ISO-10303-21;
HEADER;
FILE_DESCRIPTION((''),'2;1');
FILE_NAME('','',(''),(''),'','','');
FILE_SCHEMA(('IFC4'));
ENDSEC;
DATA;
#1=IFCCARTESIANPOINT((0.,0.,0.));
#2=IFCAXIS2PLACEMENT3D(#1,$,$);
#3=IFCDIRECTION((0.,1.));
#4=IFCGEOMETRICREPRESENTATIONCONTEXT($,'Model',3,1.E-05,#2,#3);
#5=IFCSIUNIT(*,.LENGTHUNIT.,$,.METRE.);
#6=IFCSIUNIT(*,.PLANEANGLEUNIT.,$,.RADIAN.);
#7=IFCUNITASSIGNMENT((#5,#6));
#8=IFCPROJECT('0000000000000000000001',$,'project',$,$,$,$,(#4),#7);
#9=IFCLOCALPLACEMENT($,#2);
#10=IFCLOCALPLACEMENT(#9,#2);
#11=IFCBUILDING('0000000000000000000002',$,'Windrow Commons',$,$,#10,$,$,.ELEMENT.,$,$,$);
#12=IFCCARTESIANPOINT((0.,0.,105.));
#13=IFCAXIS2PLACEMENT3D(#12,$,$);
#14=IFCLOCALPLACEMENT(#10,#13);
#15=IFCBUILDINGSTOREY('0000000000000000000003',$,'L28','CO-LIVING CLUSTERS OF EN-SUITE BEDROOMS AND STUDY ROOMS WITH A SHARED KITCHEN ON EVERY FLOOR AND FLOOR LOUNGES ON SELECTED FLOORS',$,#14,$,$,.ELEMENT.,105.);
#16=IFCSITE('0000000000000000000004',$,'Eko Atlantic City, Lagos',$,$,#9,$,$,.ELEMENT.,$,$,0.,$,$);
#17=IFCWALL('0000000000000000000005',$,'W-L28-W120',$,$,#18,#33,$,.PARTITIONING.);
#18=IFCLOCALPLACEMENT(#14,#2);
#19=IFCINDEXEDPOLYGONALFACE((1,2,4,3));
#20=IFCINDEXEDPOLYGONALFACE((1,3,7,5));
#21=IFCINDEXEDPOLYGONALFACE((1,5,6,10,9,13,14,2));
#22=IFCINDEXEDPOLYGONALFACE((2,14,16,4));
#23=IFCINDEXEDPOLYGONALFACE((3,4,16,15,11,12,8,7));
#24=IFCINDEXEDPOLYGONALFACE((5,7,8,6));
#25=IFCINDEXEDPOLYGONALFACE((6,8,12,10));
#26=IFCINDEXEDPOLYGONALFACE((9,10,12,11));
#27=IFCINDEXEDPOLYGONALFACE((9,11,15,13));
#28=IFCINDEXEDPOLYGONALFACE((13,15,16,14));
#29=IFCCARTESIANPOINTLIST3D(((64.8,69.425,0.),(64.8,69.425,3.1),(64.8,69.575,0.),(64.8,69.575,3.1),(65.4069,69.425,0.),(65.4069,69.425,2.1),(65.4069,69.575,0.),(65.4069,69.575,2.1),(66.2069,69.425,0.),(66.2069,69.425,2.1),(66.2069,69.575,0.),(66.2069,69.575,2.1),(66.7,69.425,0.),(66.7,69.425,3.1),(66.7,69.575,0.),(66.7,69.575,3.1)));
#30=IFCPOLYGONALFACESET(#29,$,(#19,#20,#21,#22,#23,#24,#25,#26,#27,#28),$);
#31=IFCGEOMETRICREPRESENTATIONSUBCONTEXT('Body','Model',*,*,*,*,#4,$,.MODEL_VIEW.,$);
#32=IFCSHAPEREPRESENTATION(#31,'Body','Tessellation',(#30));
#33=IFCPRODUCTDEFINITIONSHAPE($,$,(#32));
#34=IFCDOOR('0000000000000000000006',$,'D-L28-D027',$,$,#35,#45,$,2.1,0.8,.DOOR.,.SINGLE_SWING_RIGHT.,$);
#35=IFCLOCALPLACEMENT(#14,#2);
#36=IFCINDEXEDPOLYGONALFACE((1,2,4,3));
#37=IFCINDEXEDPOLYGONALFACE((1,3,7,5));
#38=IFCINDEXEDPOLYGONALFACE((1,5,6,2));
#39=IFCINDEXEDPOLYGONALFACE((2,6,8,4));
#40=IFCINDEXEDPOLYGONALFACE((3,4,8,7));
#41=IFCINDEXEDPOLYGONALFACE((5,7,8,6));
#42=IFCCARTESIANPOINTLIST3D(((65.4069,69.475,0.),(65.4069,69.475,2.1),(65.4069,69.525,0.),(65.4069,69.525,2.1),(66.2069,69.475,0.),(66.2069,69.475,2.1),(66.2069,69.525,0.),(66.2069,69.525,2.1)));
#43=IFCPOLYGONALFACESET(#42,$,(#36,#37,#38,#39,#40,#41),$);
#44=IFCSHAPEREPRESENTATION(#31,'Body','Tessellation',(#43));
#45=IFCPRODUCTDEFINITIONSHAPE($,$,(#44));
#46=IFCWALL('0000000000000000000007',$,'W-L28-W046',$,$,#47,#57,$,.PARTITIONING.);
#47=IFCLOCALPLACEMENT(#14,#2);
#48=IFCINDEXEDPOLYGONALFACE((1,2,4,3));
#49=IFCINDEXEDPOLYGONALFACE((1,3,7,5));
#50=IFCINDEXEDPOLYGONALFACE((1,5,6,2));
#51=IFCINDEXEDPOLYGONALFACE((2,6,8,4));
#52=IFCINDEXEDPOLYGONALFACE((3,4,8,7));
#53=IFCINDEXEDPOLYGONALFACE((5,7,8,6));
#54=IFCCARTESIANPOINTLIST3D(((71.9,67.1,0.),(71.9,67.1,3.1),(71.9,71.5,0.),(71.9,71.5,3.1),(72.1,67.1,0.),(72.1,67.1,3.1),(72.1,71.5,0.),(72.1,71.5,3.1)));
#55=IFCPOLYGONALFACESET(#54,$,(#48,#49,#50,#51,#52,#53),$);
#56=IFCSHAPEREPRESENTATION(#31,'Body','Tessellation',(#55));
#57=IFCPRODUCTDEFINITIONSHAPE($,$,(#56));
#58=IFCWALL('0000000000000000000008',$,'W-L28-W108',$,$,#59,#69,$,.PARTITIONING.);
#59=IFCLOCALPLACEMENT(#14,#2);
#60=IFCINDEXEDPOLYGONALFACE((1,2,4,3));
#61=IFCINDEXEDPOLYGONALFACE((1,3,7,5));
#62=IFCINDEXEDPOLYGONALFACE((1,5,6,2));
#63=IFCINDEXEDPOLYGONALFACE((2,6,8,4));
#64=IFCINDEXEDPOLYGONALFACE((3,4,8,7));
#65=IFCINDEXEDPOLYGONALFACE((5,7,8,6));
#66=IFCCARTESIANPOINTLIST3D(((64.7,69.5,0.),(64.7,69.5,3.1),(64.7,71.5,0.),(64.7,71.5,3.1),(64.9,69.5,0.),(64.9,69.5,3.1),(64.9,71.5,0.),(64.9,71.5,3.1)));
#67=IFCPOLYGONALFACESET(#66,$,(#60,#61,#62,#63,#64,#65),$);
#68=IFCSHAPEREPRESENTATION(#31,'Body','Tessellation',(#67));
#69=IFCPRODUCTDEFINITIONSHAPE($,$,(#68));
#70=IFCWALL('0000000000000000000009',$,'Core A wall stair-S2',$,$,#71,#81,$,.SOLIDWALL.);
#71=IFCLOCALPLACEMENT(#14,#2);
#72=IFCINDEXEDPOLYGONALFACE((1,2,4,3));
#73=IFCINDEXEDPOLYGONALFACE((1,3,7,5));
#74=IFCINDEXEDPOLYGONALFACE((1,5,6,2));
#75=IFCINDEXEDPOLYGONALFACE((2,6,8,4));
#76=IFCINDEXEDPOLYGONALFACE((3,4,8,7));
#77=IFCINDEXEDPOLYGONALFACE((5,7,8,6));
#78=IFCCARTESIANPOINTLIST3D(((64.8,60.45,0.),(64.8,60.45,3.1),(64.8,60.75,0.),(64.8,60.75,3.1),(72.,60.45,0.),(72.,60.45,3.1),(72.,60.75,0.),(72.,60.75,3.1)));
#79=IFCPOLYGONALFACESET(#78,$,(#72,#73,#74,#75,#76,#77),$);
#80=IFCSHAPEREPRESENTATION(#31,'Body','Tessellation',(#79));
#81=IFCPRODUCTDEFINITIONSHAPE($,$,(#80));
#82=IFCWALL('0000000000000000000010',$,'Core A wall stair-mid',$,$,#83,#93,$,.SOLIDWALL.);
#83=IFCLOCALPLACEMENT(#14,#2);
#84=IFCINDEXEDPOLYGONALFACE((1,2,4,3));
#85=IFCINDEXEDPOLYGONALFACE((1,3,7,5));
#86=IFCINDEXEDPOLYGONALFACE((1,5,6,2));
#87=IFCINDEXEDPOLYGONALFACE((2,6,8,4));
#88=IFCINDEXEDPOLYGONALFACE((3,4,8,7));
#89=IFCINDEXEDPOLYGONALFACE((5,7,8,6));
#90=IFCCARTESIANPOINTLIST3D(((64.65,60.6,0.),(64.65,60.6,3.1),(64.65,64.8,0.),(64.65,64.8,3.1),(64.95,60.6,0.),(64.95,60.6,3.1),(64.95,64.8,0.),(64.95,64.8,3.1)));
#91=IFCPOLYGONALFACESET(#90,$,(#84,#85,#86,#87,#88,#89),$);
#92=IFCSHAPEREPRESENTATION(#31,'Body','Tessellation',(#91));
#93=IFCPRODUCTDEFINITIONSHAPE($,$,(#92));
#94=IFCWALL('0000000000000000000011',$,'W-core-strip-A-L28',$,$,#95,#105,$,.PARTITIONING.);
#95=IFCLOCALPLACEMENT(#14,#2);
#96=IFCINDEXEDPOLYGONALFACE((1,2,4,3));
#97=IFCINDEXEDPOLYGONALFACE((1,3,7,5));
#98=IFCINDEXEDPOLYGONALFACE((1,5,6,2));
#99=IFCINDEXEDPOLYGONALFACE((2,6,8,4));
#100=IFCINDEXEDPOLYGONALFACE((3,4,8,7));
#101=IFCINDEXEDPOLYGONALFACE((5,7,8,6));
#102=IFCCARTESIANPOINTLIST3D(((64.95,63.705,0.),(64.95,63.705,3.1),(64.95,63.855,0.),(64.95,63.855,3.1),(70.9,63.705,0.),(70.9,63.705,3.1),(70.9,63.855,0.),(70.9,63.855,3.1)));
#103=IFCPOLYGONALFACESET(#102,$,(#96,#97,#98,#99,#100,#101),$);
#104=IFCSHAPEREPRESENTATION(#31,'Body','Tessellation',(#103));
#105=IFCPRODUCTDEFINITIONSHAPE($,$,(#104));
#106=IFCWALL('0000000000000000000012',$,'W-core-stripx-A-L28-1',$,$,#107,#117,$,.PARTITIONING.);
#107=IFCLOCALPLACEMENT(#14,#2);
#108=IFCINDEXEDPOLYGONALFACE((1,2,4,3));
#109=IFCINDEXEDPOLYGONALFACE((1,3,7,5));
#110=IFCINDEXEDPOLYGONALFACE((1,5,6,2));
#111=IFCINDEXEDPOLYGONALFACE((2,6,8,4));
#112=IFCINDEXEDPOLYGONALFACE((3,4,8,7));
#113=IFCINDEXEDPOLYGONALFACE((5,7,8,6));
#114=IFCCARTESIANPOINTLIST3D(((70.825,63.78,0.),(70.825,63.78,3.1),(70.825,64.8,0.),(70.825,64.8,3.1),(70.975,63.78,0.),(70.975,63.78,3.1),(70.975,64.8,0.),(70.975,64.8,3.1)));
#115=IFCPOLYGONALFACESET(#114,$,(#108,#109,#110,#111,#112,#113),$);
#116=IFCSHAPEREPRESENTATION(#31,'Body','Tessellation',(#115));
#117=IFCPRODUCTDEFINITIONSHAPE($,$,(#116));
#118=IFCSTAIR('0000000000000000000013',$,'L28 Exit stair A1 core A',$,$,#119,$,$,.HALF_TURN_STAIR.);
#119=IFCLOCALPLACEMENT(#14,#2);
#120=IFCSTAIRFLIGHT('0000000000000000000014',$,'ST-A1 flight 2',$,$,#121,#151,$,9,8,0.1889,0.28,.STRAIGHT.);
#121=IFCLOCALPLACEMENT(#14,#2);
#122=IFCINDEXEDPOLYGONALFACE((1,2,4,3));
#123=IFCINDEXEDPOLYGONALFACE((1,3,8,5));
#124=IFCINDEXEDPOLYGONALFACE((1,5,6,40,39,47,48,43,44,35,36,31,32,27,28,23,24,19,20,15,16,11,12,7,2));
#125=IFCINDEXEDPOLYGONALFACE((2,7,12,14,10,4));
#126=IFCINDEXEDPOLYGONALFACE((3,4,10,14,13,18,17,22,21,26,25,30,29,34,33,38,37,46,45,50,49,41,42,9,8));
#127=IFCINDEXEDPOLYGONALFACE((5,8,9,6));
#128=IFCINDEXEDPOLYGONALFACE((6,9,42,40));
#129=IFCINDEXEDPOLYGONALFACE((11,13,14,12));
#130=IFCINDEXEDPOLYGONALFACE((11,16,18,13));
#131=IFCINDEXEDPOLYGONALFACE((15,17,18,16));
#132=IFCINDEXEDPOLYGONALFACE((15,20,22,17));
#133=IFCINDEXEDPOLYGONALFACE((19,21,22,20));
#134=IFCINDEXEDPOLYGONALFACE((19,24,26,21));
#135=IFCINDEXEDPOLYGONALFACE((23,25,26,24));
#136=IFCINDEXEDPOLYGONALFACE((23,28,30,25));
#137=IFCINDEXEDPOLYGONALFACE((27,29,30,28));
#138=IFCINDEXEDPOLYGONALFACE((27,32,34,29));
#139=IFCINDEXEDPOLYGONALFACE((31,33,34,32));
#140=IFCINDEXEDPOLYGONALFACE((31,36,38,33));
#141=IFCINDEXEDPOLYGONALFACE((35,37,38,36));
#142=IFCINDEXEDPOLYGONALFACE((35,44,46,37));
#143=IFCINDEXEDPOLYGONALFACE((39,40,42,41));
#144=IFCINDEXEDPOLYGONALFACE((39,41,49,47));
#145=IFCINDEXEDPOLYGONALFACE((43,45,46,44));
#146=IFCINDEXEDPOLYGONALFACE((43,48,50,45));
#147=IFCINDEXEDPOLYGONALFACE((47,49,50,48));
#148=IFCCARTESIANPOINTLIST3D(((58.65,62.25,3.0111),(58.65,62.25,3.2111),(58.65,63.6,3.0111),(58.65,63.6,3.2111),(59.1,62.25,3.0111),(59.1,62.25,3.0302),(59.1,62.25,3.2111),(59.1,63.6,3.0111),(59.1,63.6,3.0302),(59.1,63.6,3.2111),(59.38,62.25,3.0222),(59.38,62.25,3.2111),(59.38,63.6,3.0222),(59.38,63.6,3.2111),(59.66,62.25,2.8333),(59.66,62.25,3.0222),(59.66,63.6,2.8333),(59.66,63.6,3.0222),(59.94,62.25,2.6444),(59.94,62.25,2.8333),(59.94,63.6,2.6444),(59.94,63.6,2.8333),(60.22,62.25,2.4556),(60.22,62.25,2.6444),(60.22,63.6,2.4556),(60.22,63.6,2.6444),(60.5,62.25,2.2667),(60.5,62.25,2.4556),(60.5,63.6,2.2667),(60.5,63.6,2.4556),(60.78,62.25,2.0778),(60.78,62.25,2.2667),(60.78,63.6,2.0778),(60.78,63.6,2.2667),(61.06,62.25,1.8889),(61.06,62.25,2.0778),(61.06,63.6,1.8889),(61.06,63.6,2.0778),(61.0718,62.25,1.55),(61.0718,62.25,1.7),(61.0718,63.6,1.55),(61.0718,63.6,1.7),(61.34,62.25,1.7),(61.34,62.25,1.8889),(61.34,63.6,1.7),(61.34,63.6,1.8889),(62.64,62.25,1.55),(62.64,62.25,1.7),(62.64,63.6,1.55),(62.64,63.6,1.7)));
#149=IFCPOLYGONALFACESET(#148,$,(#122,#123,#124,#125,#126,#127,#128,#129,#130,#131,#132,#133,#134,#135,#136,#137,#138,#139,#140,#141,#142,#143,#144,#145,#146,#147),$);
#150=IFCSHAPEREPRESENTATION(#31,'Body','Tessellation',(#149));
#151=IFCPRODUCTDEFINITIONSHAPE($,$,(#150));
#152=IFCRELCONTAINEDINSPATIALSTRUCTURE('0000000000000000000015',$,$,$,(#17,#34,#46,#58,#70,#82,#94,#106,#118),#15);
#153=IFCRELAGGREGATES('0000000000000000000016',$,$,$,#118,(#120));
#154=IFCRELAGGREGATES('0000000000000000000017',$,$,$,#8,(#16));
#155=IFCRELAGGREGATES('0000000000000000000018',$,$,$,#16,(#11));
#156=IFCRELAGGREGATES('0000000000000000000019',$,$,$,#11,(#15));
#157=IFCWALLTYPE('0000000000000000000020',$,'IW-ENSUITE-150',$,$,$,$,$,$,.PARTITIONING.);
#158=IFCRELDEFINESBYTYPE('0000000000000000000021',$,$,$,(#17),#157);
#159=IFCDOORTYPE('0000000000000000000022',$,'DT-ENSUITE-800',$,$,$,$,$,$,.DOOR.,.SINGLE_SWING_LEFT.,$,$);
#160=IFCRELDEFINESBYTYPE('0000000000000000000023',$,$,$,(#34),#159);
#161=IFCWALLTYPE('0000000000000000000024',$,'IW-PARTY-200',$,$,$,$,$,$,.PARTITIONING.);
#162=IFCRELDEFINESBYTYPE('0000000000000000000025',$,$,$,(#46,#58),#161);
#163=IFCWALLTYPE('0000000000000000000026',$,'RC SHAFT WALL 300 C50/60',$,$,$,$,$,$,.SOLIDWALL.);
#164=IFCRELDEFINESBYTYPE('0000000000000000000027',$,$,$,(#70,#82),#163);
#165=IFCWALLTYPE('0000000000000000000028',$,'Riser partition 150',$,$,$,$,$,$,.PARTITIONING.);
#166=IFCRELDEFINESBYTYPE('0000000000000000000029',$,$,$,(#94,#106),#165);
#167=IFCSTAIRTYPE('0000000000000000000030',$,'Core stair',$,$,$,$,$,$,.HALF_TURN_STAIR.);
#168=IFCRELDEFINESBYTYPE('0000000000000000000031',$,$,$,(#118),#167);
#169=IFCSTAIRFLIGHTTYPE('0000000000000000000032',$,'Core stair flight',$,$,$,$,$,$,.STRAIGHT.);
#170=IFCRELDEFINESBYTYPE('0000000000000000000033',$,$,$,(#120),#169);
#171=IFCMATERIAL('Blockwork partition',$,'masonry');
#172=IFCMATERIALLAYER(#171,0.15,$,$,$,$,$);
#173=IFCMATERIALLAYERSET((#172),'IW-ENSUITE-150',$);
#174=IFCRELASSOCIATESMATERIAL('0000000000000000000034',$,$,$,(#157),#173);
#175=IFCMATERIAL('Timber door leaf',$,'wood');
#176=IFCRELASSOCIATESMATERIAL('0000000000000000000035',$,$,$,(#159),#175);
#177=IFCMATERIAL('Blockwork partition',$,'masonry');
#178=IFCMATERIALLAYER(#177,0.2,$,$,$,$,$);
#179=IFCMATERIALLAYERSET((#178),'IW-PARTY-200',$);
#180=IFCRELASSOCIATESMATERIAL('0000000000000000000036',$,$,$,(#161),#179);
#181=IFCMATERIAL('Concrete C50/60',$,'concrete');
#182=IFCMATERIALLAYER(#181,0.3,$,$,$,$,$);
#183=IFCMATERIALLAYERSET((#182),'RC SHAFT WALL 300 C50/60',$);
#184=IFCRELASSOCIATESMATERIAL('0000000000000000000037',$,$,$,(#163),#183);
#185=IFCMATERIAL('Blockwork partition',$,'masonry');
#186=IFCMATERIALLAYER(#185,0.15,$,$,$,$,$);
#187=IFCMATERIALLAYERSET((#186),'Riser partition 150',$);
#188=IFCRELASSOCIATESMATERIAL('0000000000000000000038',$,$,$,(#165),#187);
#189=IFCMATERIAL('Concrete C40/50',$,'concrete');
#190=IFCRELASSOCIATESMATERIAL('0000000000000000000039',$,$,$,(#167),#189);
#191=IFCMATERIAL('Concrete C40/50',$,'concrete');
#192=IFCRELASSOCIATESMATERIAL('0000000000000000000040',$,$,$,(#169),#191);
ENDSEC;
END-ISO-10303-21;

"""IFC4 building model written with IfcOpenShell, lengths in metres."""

from ifc_helpers import new_model, si_unit, direction, frame, frame_2d, origin, place, context, subcontext, project, spatial, polyline, rectangle, outline, extrude, material, layer, layer_set, type_object, element, fill, aggregate, save


model = new_model("IFC4")

# Units and contexts
model_context = context("Model", 3, precision=1e-05, world=origin(), true_north=direction((0.0, 1.0)))
body_context = subcontext(model_context, "Body", "Model", "MODEL_VIEW")
ifc_project = project(units=[si_unit("LENGTHUNIT", "METRE"), si_unit("PLANEANGLEUNIT", "RADIAN")], contexts=[model_context])

# Site, building, storey
site_placement = place(None, origin())
site = spatial("IfcSite", under=ifc_project, at=site_placement, Name="Eko Atlantic City, Lagos", CompositionType="ELEMENT", RefElevation=0.0)
building_placement = place(site_placement, origin())
building = spatial("IfcBuilding", under=site, at=building_placement, Name="Windrow Commons", CompositionType="ELEMENT")
storey_placement = place(building_placement, frame((0.0, 0.0, 105.0)))
storey = spatial("IfcBuildingStorey", under=building, at=storey_placement, Name="L28", Description="CO-LIVING CLUSTERS OF EN-SUITE BEDROOMS AND STUDY ROOMS WITH A SHARED KITCHEN ON EVERY FLOOR AND FLOOR LOUNGES ON SELECTED FLOORS", CompositionType="ELEMENT", Elevation=105.0)

# Shared definitions
ifc_material_1 = material(Name="Blockwork partition", Category="masonry")
ifc_layer_1 = layer(ifc_material_1, 0.15)
ifc_layer_set_1 = layer_set([ifc_layer_1], Name="IW-ENSUITE-150")
wall_type_1 = type_object("IfcWallType", Name="IW-ENSUITE-150", PredefinedType="PARTITIONING", material=ifc_layer_set_1)

# Wall, opening, door
wall_1_placement = place(storey_placement, frame((64.8, 69.5, 0.0), z_axis=(0.0, 0.0, 1.0), x_axis=(1.0, 0.0, 0.0)))
wall_1 = element("IfcWall", 1, at=wall_1_placement, inside=storey, type_object=wall_type_1, Name="W-L28-W120", PredefinedType="PARTITIONING", context=body_context, shape_type="SweptSolid", body=[
    extrude(rectangle(XDim=1.9, YDim=0.15, at=frame_2d((0.95, 0.0))), origin(), (0.0, 0.0, 1.0), 3.1),
])
opening_1_placement = place(wall_1_placement, frame((0.6069, 0.0, 0.0)))
opening_1 = element("IfcOpeningElement", 2, at=opening_1_placement, cuts=wall_1, PredefinedType="OPENING", context=body_context, shape_type="SweptSolid", body=[
    extrude(rectangle(XDim=0.8, YDim=2.1, at=frame_2d((0.4, 1.05))), frame((0.0, 0.085, 0.0), z_axis=(0.0, -1.0, 0.0), x_axis=(1.0, 0.0, 0.0)), (0.0, 0.0, 1.0), 0.17),
])
ifc_material_2 = material(Name="Timber door leaf", Category="wood")
door_type = type_object("IfcDoorType", Name="DT-ENSUITE-800", OperationType="SINGLE_SWING_LEFT", PredefinedType="DOOR", material=ifc_material_2)
door_placement = place(opening_1_placement, origin())
door = element("IfcDoor", 3, at=door_placement, inside=storey, type_object=door_type, Name="D-L28-D027", OperationType="SINGLE_SWING_RIGHT", OverallHeight=2.1, OverallWidth=0.8, PredefinedType="DOOR", context=body_context, shape_type="SweptSolid", body=[
    extrude(rectangle(XDim=0.8, YDim=2.1, at=frame_2d((0.4, 1.05))), frame((0.0, 0.025, 0.0), z_axis=(0.0, -1.0, 0.0), x_axis=(1.0, 0.0, 0.0)), (0.0, 0.0, 1.0), 0.05),
])
fill(opening_1, door)

# Walls
ifc_material_3 = material(Name="Blockwork partition", Category="masonry")
ifc_layer_2 = layer(ifc_material_3, 0.2)
ifc_layer_set_2 = layer_set([ifc_layer_2], Name="IW-PARTY-200")
wall_type_2 = type_object("IfcWallType", Name="IW-PARTY-200", PredefinedType="PARTITIONING", material=ifc_layer_set_2)
wall_2_placement = place(storey_placement, frame((72.0, 67.1, 0.0), z_axis=(0.0, 0.0, 1.0), x_axis=(0.0, 1.0, 0.0)))
element("IfcWall", 4, at=wall_2_placement, inside=storey, type_object=wall_type_2, Name="W-L28-W046", PredefinedType="PARTITIONING", context=body_context, shape_type="SweptSolid", body=[
    extrude(rectangle(XDim=4.4, YDim=0.2, at=frame_2d((2.2, 0.0))), origin(), (0.0, 0.0, 1.0), 3.1),
])
wall_3_placement = place(storey_placement, frame((64.8, 69.5, 0.0), z_axis=(0.0, 0.0, 1.0), x_axis=(0.0, 1.0, 0.0)))
element("IfcWall", 5, at=wall_3_placement, inside=storey, type_object=wall_type_2, Name="W-L28-W108", PredefinedType="PARTITIONING", context=body_context, shape_type="SweptSolid", body=[
    extrude(rectangle(XDim=2.0, YDim=0.2, at=frame_2d((1.0, 0.0))), origin(), (0.0, 0.0, 1.0), 3.1),
])
ifc_material_4 = material(Name="Concrete C50/60", Category="concrete")
ifc_layer_3 = layer(ifc_material_4, 0.3)
ifc_layer_set_3 = layer_set([ifc_layer_3], Name="RC SHAFT WALL 300 C50/60")
wall_type_3 = type_object("IfcWallType", Name="RC SHAFT WALL 300 C50/60", PredefinedType="SOLIDWALL", material=ifc_layer_set_3)
wall_4_placement = place(storey_placement, frame((64.8, 60.6, 0.0), z_axis=(0.0, 0.0, 1.0), x_axis=(1.0, 0.0, 0.0)))
element("IfcWall", 6, at=wall_4_placement, inside=storey, type_object=wall_type_3, Name="Core A wall stair-S2", PredefinedType="SOLIDWALL", context=body_context, shape_type="SweptSolid", body=[
    extrude(rectangle(XDim=7.2, YDim=0.3, at=frame_2d((3.6, 0.0))), origin(), (0.0, 0.0, 1.0), 3.1),
])
wall_5_placement = place(storey_placement, frame((64.8, 60.6, 0.0), z_axis=(0.0, 0.0, 1.0), x_axis=(0.0, 1.0, 0.0)))
element("IfcWall", 7, at=wall_5_placement, inside=storey, type_object=wall_type_3, Name="Core A wall stair-mid", PredefinedType="SOLIDWALL", context=body_context, shape_type="SweptSolid", body=[
    extrude(rectangle(XDim=4.2, YDim=0.3, at=frame_2d((2.1, 0.0))), origin(), (0.0, 0.0, 1.0), 3.1),
])
ifc_material_5 = material(Name="Blockwork partition", Category="masonry")
ifc_layer_4 = layer(ifc_material_5, 0.15)
ifc_layer_set_4 = layer_set([ifc_layer_4], Name="Riser partition 150")
wall_type_4 = type_object("IfcWallType", Name="Riser partition 150", PredefinedType="PARTITIONING", material=ifc_layer_set_4)
wall_6_placement = place(storey_placement, frame((64.95, 63.78, 0.0), z_axis=(0.0, 0.0, 1.0), x_axis=(1.0, 0.0, 0.0)))
element("IfcWall", 8, at=wall_6_placement, inside=storey, type_object=wall_type_4, Name="W-core-strip-A-L28", PredefinedType="PARTITIONING", context=body_context, shape_type="SweptSolid", body=[
    extrude(rectangle(XDim=5.95, YDim=0.15, at=frame_2d((2.975, 0.0))), origin(), (0.0, 0.0, 1.0), 3.1),
])
wall_7_placement = place(storey_placement, frame((70.9, 63.78, 0.0), z_axis=(0.0, 0.0, 1.0), x_axis=(0.0, 1.0, 0.0)))
element("IfcWall", 9, at=wall_7_placement, inside=storey, type_object=wall_type_4, Name="W-core-stripx-A-L28-1", PredefinedType="PARTITIONING", context=body_context, shape_type="SweptSolid", body=[
    extrude(rectangle(XDim=1.02, YDim=0.15, at=frame_2d((0.51, 0.0))), origin(), (0.0, 0.0, 1.0), 3.1),
])

# Stair, stair flight
ifc_material_6 = material(Name="Concrete C40/50", Category="concrete")
stair_type = type_object("IfcStairType", Name="Core stair", PredefinedType="HALF_TURN_STAIR", material=ifc_material_6)
placement = place(storey_placement, origin())
stair_1 = element("IfcStair", 10, at=placement, inside=storey, type_object=stair_type, Name="L28 Exit stair A1 core A", PredefinedType="HALF_TURN_STAIR")
ifc_material_7 = material(Name="Concrete C40/50", Category="concrete")
stair_flight_type = type_object("IfcStairFlightType", Name="Core stair flight", PredefinedType="STRAIGHT", material=ifc_material_7)
stair_flight_1_placement = place(storey_placement, frame((61.34, 62.925, 1.7), z_axis=(0.0, 0.0, 1.0), x_axis=(-1.0, 0.0, 0.0)))
stair_flight_1 = element("IfcStairFlight", 11, at=stair_flight_1_placement, type_object=stair_flight_type, Name="ST-A1 flight 2", NumberOfRisers=9, NumberOfTreads=8, PredefinedType="STRAIGHT", RiserHeight=0.1889, TreadLength=0.28, context=body_context, shape_type="SweptSolid", body=[
    extrude(outline(polyline([(-1.3, -0.15), (-1.3, 0.0), (0.0, 0.0), (0.0, 0.1889), (0.28, 0.1889), (0.28, 0.3778), (0.56, 0.3778), (0.56, 0.5667), (0.84, 0.5667), (0.84, 0.7556), (1.12, 0.7556), (1.12, 0.9444), (1.4, 0.9444), (1.4, 1.1333), (1.68, 1.1333), (1.68, 1.3222), (1.96, 1.3222), (1.96, 1.5111), (2.24, 1.5111), (2.69, 1.5111), (2.69, 1.3111), (2.24, 1.3111), (2.24, 1.3302), (0.2682, 0.0), (0.2682, -0.15), (-1.3, -0.15)])), frame((0.0, 0.675, 0.0), z_axis=(0.0, -1.0, 0.0), x_axis=(1.0, 0.0, 0.0)), (0.0, 0.0, 1.0), 1.35),
])
aggregate(stair_1, [stair_flight_1])

save(model, "model.ifc")
